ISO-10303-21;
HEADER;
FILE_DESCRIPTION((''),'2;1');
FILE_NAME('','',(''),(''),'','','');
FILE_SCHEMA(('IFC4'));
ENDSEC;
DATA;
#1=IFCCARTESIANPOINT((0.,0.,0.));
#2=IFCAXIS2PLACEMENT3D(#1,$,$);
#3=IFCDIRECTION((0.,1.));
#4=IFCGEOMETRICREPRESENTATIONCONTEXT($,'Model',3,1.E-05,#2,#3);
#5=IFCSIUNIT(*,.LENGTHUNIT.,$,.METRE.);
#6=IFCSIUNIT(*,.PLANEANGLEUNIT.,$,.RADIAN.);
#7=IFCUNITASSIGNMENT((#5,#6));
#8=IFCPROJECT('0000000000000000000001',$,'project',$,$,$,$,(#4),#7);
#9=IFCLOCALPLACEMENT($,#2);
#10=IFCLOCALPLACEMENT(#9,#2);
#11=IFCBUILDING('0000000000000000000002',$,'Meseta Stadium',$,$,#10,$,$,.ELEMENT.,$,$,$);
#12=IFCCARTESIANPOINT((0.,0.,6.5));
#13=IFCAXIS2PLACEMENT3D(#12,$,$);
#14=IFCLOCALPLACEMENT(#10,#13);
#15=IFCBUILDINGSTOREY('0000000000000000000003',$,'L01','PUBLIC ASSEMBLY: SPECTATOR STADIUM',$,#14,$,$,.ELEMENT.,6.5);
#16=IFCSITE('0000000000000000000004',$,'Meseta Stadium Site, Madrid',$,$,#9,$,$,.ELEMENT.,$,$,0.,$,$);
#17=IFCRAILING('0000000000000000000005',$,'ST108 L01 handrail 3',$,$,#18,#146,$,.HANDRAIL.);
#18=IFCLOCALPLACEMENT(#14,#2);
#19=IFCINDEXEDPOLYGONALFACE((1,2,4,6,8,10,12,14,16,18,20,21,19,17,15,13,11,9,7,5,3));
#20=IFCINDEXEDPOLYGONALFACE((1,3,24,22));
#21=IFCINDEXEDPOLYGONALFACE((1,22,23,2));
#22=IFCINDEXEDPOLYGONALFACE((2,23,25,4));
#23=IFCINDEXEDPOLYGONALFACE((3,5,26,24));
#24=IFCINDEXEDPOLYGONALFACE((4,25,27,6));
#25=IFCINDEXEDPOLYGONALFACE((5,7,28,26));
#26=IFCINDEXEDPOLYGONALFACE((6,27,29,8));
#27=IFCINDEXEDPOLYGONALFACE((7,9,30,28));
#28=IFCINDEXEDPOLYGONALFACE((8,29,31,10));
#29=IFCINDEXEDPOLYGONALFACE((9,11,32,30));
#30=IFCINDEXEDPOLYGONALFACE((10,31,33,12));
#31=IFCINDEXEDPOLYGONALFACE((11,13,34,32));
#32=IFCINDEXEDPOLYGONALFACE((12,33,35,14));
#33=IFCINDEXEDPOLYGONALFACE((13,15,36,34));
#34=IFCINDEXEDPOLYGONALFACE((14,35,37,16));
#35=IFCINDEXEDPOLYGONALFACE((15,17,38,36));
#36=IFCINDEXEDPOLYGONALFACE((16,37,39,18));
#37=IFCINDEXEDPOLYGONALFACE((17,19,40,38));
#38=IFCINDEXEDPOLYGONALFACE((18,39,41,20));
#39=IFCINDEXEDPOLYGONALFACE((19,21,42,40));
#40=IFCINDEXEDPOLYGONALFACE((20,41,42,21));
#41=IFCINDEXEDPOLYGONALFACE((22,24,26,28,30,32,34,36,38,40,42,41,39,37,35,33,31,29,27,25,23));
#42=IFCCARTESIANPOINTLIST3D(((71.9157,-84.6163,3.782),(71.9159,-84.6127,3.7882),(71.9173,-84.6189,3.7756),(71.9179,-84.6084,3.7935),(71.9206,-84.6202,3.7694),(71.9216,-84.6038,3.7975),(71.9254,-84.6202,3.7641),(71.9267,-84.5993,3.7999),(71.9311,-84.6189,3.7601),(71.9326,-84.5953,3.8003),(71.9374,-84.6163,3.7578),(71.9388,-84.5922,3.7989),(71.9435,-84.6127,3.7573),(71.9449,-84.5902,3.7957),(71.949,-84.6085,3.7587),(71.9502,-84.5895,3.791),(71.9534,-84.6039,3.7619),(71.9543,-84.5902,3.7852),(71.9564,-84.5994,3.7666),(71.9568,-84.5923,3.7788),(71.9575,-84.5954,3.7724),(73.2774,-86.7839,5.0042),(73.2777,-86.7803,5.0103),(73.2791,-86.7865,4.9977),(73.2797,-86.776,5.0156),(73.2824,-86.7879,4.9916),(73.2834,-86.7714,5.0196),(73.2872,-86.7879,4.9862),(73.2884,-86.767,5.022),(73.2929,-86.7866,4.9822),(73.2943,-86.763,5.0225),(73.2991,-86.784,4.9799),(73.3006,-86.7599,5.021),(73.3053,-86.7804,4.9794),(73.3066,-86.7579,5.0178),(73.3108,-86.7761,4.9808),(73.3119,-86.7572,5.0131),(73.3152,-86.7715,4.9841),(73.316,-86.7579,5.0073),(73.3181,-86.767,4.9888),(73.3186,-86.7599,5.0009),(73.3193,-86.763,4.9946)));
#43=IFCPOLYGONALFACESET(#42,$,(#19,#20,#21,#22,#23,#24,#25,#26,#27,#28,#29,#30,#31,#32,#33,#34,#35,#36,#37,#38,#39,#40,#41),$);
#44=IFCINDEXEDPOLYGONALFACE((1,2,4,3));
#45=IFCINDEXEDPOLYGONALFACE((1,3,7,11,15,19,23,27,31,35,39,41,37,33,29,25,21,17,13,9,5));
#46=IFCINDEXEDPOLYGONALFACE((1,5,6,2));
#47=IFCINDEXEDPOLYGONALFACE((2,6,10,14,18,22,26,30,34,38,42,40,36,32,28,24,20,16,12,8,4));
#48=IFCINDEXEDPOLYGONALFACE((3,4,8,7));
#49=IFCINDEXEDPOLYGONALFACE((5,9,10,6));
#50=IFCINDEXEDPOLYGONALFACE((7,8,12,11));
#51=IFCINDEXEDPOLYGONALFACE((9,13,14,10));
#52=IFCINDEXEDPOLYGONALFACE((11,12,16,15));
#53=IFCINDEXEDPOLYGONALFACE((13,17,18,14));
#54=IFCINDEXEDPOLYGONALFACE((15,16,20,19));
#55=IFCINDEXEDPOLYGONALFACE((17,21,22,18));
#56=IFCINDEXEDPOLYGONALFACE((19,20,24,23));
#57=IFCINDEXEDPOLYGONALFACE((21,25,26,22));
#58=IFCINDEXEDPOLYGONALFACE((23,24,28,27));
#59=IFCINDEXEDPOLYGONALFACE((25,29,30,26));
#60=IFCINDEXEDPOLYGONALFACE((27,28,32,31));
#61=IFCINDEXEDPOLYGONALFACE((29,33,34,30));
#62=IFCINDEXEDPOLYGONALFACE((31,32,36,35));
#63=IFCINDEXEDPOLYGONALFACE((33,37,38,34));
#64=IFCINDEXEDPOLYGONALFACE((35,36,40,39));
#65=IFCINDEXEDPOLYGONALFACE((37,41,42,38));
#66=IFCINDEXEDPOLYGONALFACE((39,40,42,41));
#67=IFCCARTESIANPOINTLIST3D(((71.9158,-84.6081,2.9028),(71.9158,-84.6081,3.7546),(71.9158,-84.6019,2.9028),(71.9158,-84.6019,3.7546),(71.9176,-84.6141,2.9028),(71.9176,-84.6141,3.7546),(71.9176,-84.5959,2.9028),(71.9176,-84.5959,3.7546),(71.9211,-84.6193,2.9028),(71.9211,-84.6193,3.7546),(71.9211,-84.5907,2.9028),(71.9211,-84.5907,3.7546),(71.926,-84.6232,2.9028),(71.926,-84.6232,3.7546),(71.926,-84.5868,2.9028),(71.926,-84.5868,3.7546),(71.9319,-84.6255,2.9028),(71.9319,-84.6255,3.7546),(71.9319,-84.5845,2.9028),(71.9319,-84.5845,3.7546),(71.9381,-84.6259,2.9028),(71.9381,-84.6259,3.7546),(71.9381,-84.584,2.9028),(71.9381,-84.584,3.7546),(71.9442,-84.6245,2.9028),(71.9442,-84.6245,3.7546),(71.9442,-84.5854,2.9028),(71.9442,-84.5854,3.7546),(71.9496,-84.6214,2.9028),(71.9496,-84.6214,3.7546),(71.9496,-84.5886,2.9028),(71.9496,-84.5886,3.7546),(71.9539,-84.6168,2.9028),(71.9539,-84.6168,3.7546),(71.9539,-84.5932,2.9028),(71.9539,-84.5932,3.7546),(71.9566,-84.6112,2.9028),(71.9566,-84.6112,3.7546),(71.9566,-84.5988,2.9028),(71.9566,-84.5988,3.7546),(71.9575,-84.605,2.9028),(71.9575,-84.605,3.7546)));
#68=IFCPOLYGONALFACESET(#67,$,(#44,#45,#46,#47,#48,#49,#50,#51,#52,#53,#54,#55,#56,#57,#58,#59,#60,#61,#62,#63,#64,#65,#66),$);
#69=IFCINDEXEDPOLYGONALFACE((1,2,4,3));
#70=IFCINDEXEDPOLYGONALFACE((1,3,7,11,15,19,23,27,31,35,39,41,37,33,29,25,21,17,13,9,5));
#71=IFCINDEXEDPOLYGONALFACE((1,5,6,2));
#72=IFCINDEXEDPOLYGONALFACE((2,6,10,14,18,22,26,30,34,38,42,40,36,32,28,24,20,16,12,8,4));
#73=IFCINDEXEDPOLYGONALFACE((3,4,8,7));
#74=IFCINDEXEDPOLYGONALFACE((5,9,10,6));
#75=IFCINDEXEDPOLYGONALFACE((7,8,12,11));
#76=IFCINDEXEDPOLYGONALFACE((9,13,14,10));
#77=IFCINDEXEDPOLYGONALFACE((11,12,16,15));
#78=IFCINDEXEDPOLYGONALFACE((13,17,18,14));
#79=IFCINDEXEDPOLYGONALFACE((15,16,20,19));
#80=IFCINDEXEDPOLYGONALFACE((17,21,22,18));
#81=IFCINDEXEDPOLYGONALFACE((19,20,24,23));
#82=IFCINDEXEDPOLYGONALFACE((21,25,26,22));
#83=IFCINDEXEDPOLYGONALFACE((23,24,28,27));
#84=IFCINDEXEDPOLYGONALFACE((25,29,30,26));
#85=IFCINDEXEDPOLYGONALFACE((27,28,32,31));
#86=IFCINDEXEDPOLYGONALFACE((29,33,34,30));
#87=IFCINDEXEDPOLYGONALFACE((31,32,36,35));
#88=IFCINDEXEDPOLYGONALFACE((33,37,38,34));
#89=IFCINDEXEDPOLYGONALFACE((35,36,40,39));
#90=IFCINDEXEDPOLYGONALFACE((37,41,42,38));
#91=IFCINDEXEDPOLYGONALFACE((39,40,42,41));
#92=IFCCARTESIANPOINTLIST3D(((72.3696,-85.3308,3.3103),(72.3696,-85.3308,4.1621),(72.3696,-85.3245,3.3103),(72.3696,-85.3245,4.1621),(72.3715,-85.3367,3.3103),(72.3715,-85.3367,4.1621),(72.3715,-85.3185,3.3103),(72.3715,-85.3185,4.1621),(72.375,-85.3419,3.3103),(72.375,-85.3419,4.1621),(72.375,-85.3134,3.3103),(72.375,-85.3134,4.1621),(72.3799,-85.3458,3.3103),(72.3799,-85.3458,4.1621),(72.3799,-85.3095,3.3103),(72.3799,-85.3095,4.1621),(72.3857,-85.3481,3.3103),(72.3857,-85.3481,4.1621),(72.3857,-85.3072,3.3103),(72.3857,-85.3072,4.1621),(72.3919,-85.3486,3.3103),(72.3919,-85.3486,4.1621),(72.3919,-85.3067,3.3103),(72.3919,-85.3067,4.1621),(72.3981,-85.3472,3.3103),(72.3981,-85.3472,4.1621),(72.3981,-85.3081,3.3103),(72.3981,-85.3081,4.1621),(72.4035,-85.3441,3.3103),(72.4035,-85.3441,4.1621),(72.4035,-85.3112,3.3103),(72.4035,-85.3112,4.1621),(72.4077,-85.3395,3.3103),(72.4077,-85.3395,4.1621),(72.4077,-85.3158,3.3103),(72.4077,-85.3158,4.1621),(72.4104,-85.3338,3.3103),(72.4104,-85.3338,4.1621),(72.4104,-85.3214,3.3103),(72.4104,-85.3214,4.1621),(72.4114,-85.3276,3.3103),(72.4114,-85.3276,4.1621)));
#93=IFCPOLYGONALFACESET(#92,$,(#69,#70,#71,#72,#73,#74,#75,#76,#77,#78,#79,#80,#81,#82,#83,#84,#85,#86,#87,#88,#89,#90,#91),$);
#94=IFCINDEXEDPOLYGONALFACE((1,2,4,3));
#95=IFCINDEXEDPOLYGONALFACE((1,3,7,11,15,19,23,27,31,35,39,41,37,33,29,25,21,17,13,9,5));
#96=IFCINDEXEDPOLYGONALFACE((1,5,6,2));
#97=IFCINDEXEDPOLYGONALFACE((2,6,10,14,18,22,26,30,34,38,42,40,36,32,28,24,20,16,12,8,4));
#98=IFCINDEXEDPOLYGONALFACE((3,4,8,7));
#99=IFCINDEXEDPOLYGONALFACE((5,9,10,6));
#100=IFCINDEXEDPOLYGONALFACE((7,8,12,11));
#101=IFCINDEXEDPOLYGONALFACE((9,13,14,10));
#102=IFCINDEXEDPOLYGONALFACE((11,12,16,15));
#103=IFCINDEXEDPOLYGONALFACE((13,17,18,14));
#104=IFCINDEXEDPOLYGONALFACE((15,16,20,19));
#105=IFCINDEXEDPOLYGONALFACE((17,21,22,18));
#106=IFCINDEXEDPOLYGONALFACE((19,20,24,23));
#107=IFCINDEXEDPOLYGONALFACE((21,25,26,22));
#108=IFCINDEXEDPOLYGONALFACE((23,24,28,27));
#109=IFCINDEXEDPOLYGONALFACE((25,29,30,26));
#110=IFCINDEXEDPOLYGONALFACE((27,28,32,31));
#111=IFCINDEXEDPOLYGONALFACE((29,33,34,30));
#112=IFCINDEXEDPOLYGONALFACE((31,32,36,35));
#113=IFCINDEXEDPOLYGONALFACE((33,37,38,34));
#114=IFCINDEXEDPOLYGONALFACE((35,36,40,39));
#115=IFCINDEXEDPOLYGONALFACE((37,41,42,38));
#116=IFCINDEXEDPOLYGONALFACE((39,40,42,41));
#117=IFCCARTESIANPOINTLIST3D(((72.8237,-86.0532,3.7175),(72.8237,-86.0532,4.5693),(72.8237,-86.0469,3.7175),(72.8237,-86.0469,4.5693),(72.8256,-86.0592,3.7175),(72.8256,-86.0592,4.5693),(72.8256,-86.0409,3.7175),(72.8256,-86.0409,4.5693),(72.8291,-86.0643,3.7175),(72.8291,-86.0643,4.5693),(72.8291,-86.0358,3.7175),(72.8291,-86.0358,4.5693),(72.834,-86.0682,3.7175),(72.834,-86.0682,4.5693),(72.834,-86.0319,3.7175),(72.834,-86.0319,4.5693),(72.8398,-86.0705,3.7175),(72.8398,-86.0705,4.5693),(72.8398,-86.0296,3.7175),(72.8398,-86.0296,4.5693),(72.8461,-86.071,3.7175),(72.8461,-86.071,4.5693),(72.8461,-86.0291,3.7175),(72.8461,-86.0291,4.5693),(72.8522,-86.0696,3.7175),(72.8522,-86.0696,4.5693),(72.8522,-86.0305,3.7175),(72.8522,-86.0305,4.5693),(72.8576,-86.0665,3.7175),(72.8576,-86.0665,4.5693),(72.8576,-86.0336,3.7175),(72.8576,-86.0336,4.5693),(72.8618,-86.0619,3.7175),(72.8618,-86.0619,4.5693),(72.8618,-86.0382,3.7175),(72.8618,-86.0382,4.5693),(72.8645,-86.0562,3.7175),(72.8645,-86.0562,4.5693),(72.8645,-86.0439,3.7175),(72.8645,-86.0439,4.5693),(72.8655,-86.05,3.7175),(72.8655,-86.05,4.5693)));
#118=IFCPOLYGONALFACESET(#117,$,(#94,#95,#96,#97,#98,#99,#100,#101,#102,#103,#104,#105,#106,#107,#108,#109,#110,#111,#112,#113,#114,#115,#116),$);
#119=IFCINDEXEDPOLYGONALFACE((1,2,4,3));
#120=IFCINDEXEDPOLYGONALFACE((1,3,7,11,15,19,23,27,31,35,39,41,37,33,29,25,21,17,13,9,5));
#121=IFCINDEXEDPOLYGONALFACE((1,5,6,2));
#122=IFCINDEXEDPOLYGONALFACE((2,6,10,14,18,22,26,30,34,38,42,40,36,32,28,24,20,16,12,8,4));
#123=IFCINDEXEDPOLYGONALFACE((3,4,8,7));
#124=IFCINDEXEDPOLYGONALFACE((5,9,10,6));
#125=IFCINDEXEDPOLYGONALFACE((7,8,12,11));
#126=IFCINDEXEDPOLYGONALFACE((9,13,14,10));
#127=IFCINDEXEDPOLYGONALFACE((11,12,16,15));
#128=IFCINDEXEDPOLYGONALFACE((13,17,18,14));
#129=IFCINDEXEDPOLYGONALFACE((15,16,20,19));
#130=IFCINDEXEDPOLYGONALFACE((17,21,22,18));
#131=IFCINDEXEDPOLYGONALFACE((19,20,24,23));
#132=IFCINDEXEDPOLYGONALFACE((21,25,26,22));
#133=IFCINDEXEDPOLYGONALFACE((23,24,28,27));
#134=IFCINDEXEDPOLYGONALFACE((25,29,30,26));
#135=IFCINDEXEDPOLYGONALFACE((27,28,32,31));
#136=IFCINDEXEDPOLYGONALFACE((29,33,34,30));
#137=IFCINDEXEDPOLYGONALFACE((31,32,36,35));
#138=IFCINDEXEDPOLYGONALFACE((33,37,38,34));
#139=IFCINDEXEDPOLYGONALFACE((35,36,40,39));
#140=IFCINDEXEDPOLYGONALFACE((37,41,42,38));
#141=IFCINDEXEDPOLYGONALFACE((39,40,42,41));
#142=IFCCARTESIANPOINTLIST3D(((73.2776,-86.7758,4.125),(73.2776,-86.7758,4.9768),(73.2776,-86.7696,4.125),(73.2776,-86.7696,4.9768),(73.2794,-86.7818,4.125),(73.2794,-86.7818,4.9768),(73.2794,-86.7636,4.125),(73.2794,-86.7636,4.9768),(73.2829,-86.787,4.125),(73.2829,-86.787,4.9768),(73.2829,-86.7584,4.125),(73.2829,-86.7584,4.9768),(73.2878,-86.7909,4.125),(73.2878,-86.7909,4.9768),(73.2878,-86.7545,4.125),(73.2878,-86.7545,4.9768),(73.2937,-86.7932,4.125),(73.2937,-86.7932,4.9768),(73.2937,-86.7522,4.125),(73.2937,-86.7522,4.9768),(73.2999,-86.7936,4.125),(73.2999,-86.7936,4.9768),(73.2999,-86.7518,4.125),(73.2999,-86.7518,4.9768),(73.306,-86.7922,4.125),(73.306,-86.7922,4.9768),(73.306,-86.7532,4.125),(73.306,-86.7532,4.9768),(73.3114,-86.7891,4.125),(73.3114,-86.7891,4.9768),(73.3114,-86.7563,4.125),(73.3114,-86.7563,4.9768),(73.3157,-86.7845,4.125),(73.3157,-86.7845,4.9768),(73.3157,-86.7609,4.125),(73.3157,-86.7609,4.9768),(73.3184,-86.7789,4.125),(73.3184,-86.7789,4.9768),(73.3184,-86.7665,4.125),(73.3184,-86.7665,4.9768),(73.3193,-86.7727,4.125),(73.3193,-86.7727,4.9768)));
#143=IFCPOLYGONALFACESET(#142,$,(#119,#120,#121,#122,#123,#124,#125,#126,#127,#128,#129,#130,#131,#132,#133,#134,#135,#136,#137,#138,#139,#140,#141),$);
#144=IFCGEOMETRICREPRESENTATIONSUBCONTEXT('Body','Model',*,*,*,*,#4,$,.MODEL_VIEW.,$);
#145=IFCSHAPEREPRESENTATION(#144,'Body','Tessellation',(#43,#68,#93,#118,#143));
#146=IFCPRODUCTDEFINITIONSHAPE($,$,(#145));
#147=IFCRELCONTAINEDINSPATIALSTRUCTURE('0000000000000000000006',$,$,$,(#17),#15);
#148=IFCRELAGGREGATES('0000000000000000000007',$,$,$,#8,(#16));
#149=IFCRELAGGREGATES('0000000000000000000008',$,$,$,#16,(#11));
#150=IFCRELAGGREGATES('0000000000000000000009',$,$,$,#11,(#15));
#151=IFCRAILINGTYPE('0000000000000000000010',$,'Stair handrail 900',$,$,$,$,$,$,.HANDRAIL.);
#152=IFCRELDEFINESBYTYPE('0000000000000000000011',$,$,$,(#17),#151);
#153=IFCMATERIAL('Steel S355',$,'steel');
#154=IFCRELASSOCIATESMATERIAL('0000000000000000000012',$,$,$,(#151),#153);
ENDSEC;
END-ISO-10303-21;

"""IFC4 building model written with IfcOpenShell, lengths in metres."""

from ifc_helpers import new_model, si_unit, direction, frame, origin, origin_2d, place, context, subcontext, project, spatial, circle, extrude, material, type_object, element, save


model = new_model("IFC4")

# Units and contexts
model_context = context("Model", 3, precision=1e-05, world=origin(), true_north=direction((0.0, 1.0)))
body_context = subcontext(model_context, "Body", "Model", "MODEL_VIEW")
ifc_project = project(units=[si_unit("LENGTHUNIT", "METRE"), si_unit("PLANEANGLEUNIT", "RADIAN")], contexts=[model_context])

# Site, building, storey
site_placement = place(None, origin())
site = spatial("IfcSite", under=ifc_project, at=site_placement, Name="Meseta Stadium Site, Madrid", CompositionType="ELEMENT", RefElevation=0.0)
building_placement = place(site_placement, origin())
building = spatial("IfcBuilding", under=site, at=building_placement, Name="Meseta Stadium", CompositionType="ELEMENT")
storey_placement = place(building_placement, frame((0.0, 0.0, 6.5)))
storey = spatial("IfcBuildingStorey", under=building, at=storey_placement, Name="L01", Description="PUBLIC ASSEMBLY: SPECTATOR STADIUM", CompositionType="ELEMENT", Elevation=6.5)

# Railing
ifc_material_1 = material(Name="Steel S355", Category="steel")
railing_type_1 = type_object("IfcRailingType", Name="Stair handrail 900", PredefinedType="HANDRAIL", material=ifc_material_1)
for number, where, name in (
    (1, (71.9365, -84.605, 2.9028), "ST108 L01 handrail 3"),
):
    element("IfcRailing", number, at=place(storey_placement, frame(where)), inside=storey, type_object=railing_type_1, Name=name, PredefinedType="HANDRAIL", context=body_context, shape_type="SweptSolid", body=[
        extrude(circle(Radius=0.0239, at=origin_2d()), frame((0.0, 0.0, 0.876), z_axis=(0.480059, -0.764152, 0.430831), x_axis=(0.846769, 0.531961, 0.0)), (0.0, 0.0, 1.0), 2.8367),
        extrude(circle(Radius=0.021, at=origin_2d()), origin(), (0.0, 0.0, 1.0), 0.8518),
        extrude(circle(Radius=0.021, at=origin_2d()), frame((0.4539, -0.7227, 0.4075)), (0.0, 0.0, 1.0), 0.8518),
        extrude(circle(Radius=0.021, at=origin_2d()), frame((0.908, -1.4451, 0.8147)), (0.0, 0.0, 1.0), 0.8518),
        extrude(circle(Radius=0.021, at=origin_2d()), frame((1.3618, -2.1677, 1.2222)), (0.0, 0.0, 1.0), 0.8518),
    ])

save(model, "model.ifc")
